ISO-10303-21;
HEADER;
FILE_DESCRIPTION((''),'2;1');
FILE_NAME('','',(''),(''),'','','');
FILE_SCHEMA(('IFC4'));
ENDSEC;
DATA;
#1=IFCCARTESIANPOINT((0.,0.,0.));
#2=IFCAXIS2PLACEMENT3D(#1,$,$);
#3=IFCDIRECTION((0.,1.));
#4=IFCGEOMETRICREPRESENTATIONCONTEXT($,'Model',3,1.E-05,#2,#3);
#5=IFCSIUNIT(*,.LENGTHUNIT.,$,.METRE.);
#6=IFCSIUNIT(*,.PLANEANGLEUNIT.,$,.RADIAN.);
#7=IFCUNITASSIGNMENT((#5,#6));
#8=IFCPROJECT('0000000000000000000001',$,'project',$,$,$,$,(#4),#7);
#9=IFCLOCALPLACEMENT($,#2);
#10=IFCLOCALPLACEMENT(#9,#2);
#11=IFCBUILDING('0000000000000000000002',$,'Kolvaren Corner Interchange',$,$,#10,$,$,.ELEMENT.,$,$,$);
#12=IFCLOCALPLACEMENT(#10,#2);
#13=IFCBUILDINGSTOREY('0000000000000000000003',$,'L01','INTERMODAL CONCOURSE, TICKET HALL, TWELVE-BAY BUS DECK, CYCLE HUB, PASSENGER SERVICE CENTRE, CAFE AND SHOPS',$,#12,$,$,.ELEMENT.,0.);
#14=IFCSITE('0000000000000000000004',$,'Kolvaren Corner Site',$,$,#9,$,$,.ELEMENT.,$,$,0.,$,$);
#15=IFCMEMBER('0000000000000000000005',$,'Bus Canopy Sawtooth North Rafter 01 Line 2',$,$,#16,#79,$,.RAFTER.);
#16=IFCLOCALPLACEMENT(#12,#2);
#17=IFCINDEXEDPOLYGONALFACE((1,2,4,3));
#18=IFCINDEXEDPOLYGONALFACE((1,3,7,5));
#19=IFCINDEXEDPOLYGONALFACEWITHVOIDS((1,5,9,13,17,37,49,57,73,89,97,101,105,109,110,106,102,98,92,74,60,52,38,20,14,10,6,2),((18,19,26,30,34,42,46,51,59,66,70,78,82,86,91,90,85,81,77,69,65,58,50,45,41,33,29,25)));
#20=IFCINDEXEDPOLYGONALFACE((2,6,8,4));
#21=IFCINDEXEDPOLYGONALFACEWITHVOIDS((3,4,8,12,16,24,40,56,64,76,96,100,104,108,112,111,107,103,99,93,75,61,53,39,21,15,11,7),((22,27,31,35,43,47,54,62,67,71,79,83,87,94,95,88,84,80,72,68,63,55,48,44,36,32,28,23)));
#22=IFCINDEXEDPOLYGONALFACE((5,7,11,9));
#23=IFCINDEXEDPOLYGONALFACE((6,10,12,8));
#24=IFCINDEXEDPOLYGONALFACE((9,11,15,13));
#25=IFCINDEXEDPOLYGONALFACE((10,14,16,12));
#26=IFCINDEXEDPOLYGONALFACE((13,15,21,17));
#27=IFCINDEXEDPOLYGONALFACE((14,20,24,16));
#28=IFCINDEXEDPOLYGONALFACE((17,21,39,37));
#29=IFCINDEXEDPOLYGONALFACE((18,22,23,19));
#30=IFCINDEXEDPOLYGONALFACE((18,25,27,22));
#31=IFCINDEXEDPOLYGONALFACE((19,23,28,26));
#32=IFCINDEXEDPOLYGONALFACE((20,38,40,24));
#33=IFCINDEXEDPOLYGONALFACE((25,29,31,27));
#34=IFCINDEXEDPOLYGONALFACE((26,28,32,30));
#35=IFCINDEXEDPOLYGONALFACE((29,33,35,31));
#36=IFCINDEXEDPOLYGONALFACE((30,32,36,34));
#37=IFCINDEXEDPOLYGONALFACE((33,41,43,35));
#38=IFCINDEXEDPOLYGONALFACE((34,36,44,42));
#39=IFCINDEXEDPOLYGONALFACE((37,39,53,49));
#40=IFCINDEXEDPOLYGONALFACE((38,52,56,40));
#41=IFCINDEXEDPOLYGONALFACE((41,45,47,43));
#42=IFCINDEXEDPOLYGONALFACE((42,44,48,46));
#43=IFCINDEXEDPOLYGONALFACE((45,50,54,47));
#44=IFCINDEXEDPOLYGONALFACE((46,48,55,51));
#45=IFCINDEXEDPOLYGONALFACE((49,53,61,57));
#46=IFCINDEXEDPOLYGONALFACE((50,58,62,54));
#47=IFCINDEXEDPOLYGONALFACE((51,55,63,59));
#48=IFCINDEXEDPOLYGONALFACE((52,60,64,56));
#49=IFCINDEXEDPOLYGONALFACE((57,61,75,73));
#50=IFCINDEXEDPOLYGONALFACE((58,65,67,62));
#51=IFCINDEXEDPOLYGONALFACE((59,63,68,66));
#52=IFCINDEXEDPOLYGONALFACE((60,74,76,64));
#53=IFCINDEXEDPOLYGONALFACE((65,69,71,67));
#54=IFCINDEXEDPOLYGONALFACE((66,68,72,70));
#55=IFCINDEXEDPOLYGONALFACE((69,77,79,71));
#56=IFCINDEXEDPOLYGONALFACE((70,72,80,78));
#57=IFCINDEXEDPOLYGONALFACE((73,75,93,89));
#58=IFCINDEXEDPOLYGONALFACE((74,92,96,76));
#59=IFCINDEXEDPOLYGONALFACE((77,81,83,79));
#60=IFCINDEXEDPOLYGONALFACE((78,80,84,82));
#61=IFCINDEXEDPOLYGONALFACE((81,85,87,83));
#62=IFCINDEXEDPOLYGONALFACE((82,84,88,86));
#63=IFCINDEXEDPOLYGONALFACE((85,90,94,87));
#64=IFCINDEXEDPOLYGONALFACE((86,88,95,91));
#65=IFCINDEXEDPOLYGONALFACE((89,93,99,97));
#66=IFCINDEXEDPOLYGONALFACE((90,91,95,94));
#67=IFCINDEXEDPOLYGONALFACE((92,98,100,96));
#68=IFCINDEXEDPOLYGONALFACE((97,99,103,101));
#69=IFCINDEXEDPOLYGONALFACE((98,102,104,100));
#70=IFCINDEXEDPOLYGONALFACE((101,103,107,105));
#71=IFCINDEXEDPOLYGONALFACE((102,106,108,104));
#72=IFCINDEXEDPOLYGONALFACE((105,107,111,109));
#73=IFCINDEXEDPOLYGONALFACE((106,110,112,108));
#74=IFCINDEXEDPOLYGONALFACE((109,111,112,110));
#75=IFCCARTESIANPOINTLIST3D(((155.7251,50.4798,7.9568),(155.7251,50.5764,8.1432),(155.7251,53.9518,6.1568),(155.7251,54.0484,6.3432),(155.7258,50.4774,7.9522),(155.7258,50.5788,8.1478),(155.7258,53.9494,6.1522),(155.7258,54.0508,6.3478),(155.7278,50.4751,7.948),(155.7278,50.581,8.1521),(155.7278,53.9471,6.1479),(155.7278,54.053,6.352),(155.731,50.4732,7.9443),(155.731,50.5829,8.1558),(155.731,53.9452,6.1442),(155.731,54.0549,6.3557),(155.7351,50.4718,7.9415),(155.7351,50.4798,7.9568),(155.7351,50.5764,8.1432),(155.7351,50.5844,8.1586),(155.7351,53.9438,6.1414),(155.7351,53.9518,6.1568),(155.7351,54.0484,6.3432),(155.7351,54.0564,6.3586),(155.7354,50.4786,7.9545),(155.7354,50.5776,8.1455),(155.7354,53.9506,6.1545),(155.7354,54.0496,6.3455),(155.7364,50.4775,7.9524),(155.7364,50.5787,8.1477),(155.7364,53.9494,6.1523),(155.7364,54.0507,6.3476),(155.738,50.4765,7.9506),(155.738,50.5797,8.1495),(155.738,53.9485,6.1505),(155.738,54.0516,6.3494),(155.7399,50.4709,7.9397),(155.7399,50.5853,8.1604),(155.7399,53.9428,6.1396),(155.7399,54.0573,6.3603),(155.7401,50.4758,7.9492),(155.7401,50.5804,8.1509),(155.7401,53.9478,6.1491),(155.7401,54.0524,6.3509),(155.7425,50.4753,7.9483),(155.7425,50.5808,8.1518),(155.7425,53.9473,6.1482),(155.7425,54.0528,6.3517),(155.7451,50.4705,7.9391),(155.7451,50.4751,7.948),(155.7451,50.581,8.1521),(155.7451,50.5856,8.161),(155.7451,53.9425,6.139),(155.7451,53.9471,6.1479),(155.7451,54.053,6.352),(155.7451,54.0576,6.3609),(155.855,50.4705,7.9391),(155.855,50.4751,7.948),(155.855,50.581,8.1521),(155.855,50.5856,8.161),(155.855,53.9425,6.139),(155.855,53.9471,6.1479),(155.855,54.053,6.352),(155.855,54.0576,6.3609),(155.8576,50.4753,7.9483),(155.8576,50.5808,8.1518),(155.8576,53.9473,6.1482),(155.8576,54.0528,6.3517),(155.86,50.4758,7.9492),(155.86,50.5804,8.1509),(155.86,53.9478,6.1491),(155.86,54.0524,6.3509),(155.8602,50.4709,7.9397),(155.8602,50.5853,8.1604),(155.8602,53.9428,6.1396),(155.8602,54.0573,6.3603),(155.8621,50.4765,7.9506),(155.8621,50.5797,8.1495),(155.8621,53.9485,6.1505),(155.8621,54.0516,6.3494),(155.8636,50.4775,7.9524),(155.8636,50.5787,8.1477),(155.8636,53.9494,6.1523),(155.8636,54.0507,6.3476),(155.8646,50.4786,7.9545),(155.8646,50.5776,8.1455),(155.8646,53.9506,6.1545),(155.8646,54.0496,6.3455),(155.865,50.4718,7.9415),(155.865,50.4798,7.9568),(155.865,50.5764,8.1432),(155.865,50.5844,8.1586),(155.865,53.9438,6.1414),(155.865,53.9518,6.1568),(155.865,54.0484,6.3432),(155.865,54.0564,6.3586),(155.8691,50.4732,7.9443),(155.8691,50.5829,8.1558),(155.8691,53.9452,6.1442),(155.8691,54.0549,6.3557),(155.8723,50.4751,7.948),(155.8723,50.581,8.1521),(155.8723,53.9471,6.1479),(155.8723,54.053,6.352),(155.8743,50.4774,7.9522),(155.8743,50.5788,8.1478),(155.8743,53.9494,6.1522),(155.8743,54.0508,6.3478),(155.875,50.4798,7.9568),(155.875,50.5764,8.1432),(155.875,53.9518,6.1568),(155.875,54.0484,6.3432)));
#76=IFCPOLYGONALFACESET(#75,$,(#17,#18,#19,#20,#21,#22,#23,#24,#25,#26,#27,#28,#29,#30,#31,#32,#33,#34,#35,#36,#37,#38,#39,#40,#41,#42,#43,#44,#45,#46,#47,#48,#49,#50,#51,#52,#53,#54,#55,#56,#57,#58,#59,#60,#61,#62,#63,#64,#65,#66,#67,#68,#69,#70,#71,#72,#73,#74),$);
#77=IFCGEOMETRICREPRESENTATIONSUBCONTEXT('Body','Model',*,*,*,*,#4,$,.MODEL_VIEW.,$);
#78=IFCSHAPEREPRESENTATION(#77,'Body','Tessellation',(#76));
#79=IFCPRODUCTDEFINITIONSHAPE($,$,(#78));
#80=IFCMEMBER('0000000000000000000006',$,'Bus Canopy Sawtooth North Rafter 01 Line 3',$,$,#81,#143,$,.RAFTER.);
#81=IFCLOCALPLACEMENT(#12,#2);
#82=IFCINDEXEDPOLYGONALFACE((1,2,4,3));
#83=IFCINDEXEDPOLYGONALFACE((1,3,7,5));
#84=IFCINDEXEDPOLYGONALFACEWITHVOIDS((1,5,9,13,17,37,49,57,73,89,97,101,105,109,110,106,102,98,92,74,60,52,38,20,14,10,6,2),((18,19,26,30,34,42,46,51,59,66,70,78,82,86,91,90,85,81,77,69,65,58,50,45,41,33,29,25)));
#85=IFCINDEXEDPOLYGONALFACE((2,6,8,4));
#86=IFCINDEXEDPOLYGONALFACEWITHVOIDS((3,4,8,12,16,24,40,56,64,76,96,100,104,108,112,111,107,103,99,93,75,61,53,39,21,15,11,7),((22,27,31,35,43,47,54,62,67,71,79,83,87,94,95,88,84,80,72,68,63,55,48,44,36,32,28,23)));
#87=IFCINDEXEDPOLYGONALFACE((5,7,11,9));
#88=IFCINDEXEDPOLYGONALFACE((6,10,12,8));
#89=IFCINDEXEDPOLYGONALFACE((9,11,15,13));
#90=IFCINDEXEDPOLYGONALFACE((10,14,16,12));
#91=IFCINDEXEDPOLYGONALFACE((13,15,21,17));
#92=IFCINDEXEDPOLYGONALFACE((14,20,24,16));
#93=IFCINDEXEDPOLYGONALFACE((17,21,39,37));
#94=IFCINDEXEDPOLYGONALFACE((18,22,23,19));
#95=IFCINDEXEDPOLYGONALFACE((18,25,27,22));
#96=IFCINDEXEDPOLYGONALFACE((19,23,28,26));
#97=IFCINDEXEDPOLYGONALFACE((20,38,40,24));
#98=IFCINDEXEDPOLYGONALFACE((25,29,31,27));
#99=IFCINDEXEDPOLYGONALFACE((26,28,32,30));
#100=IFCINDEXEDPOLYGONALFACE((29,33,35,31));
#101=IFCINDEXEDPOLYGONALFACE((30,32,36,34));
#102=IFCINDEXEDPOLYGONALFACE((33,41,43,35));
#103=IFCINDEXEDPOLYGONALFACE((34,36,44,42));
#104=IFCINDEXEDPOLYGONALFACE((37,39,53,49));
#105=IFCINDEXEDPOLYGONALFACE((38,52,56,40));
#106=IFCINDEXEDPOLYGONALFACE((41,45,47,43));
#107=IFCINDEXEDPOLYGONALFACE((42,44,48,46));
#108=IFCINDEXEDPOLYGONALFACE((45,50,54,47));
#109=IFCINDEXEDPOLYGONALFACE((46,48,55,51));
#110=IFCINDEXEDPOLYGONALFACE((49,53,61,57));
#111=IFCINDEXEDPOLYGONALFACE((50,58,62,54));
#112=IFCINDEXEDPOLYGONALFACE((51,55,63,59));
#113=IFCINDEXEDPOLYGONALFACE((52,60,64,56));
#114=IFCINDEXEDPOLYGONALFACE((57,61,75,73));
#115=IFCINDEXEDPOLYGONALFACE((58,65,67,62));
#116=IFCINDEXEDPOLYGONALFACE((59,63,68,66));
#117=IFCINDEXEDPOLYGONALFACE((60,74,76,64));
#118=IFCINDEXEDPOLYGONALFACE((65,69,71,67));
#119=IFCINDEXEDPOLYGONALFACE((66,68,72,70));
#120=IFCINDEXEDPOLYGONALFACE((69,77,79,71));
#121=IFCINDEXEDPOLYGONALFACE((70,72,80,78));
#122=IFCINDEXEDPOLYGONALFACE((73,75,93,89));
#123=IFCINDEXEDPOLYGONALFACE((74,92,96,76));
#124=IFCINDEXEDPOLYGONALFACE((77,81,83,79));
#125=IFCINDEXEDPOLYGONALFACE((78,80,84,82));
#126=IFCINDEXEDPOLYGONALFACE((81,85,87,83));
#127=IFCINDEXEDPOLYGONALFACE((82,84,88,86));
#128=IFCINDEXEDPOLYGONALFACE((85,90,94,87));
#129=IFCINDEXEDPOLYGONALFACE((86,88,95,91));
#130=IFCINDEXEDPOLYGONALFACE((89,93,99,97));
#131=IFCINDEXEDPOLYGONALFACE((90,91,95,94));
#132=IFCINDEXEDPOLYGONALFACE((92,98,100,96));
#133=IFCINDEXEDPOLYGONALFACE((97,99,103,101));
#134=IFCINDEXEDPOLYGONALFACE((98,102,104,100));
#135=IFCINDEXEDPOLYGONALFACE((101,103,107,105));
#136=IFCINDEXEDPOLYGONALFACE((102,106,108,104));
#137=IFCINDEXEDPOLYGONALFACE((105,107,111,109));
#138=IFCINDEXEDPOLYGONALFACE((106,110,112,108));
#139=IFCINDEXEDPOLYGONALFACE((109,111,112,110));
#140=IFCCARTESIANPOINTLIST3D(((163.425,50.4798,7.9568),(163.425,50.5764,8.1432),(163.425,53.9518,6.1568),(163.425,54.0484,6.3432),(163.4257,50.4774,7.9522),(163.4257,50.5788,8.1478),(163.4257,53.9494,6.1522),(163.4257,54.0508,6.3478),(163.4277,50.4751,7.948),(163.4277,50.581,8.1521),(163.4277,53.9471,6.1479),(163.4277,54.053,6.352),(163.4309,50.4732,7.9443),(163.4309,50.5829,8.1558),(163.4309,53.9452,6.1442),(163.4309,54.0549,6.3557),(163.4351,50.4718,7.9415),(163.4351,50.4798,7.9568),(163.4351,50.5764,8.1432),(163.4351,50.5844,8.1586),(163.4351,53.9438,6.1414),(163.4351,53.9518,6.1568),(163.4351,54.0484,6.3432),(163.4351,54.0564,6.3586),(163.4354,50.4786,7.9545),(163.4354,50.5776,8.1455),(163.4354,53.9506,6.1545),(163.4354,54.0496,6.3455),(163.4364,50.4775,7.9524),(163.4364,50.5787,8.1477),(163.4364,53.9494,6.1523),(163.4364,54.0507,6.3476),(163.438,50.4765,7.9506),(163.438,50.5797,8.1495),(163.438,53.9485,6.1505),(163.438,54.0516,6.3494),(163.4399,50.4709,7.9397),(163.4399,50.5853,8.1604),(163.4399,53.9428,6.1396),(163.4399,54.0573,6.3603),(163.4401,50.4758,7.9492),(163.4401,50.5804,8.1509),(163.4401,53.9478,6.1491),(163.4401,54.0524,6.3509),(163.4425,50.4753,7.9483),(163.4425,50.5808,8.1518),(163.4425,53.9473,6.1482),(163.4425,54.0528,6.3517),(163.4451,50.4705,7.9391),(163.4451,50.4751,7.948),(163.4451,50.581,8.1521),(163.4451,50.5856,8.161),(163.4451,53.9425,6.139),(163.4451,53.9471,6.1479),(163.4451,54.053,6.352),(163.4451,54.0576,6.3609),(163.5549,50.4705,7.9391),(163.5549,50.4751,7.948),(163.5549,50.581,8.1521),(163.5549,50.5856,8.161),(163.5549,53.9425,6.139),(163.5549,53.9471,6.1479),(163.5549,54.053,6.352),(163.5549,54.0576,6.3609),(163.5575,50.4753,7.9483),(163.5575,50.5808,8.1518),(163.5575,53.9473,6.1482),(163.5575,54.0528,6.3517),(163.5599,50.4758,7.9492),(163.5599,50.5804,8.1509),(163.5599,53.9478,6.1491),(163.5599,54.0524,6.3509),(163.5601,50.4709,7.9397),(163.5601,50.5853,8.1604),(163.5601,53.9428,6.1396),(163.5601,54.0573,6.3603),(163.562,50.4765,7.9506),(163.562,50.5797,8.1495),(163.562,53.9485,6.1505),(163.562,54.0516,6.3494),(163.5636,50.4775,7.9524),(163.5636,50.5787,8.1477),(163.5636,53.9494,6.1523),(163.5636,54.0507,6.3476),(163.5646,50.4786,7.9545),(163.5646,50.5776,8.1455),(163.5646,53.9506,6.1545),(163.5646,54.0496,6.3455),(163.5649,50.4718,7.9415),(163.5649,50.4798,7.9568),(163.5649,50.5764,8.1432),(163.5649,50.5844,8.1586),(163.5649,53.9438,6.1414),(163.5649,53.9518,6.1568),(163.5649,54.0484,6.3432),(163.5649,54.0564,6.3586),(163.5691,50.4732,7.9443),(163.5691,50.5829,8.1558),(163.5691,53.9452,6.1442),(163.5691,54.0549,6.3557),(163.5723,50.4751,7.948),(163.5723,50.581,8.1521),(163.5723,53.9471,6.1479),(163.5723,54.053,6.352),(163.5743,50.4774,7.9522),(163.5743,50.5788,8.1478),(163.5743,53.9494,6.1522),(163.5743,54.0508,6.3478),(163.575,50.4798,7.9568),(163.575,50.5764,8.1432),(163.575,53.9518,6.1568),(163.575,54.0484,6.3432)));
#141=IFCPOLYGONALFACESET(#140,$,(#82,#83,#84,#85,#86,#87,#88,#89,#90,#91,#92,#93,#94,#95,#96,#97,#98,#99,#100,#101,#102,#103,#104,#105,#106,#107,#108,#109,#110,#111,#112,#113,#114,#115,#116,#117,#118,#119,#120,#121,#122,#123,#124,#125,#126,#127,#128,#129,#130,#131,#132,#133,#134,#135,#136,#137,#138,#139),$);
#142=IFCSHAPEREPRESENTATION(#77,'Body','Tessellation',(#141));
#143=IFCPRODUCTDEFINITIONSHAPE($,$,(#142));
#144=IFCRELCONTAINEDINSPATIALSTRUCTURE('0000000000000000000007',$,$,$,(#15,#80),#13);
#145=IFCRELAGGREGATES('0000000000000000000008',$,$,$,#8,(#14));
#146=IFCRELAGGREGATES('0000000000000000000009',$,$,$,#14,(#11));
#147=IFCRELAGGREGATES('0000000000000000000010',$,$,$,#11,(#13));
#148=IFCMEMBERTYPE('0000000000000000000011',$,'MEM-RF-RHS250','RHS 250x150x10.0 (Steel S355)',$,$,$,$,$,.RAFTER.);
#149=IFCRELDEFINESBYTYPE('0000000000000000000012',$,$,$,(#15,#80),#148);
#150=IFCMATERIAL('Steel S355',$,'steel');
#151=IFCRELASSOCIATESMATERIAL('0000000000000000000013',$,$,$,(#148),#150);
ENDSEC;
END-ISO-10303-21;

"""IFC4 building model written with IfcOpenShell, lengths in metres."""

from ifc_helpers import new_model, si_unit, direction, frame, origin, origin_2d, place, context, subcontext, project, spatial, hollow_rectangle, extrude, material, material_profile, profile_set, type_object, element, save


model = new_model("IFC4")

# Units and contexts
model_context = context("Model", 3, precision=1e-05, world=origin(), true_north=direction((0.0, 1.0)))
body_context = subcontext(model_context, "Body", "Model", "MODEL_VIEW")
ifc_project = project(units=[si_unit("LENGTHUNIT", "METRE"), si_unit("PLANEANGLEUNIT", "RADIAN")], contexts=[model_context])

# Site, building, storey
site_placement = place(None, origin())
site = spatial("IfcSite", under=ifc_project, at=site_placement, Name="Kolvaren Corner Site", CompositionType="ELEMENT", RefElevation=0.0)
building_placement = place(site_placement, origin())
building = spatial("IfcBuilding", under=site, at=building_placement, Name="Kolvaren Corner Interchange", CompositionType="ELEMENT")
storey_placement = place(building_placement, origin())
storey = spatial("IfcBuildingStorey", under=building, at=storey_placement, Name="L01", Description="INTERMODAL CONCOURSE, TICKET HALL, TWELVE-BAY BUS DECK, CYCLE HUB, PASSENGER SERVICE CENTRE, CAFE AND SHOPS", CompositionType="ELEMENT", Elevation=0.0)

# Members
ifc_material_1 = material(Name="Steel S355", Category="steel")
ifc_material_profile_1 = material_profile(ifc_material_1, hollow_rectangle(XDim=0.1499, YDim=0.25, WallThickness=0.01, InnerFilletRadius=0.01, OuterFilletRadius=0.02, at=origin_2d()), Name="RHS 250x150x10.0")
ifc_profile_set_1 = profile_set([ifc_material_profile_1], Name="Steel S355")
member_type_1 = type_object("IfcMemberType", Name="MEM-RF-RHS250", Description="RHS 250x150x10.0 (Steel S355)", PredefinedType="RAFTER", material=ifc_profile_set_1)
for number, where, z_axis, x_axis, name in (
    (1, (155.8, 50.5281, 8.05), (0.0, 0.887776, -0.460275), (-1.0, 0.0, 0.0), "Bus Canopy Sawtooth North Rafter 01 Line 2"),
    (2, (163.5, 50.5281, 8.05), (0.0, 0.887776, -0.460275), (-1.0, 0.0, 0.0), "Bus Canopy Sawtooth North Rafter 01 Line 3"),
):
    element("IfcMember", number, at=place(storey_placement, frame(where, z_axis=z_axis, x_axis=x_axis)), inside=storey, type_object=member_type_1, Name=name, PredefinedType="RAFTER", context=body_context, shape_type="SweptSolid", body=[
        extrude(hollow_rectangle(XDim=0.1499, YDim=0.25, WallThickness=0.01, InnerFilletRadius=0.01, OuterFilletRadius=0.02, at=origin_2d()), origin(), (0.0, 0.0, 1.0), 3.9109),
    ])

save(model, "model.ifc")
